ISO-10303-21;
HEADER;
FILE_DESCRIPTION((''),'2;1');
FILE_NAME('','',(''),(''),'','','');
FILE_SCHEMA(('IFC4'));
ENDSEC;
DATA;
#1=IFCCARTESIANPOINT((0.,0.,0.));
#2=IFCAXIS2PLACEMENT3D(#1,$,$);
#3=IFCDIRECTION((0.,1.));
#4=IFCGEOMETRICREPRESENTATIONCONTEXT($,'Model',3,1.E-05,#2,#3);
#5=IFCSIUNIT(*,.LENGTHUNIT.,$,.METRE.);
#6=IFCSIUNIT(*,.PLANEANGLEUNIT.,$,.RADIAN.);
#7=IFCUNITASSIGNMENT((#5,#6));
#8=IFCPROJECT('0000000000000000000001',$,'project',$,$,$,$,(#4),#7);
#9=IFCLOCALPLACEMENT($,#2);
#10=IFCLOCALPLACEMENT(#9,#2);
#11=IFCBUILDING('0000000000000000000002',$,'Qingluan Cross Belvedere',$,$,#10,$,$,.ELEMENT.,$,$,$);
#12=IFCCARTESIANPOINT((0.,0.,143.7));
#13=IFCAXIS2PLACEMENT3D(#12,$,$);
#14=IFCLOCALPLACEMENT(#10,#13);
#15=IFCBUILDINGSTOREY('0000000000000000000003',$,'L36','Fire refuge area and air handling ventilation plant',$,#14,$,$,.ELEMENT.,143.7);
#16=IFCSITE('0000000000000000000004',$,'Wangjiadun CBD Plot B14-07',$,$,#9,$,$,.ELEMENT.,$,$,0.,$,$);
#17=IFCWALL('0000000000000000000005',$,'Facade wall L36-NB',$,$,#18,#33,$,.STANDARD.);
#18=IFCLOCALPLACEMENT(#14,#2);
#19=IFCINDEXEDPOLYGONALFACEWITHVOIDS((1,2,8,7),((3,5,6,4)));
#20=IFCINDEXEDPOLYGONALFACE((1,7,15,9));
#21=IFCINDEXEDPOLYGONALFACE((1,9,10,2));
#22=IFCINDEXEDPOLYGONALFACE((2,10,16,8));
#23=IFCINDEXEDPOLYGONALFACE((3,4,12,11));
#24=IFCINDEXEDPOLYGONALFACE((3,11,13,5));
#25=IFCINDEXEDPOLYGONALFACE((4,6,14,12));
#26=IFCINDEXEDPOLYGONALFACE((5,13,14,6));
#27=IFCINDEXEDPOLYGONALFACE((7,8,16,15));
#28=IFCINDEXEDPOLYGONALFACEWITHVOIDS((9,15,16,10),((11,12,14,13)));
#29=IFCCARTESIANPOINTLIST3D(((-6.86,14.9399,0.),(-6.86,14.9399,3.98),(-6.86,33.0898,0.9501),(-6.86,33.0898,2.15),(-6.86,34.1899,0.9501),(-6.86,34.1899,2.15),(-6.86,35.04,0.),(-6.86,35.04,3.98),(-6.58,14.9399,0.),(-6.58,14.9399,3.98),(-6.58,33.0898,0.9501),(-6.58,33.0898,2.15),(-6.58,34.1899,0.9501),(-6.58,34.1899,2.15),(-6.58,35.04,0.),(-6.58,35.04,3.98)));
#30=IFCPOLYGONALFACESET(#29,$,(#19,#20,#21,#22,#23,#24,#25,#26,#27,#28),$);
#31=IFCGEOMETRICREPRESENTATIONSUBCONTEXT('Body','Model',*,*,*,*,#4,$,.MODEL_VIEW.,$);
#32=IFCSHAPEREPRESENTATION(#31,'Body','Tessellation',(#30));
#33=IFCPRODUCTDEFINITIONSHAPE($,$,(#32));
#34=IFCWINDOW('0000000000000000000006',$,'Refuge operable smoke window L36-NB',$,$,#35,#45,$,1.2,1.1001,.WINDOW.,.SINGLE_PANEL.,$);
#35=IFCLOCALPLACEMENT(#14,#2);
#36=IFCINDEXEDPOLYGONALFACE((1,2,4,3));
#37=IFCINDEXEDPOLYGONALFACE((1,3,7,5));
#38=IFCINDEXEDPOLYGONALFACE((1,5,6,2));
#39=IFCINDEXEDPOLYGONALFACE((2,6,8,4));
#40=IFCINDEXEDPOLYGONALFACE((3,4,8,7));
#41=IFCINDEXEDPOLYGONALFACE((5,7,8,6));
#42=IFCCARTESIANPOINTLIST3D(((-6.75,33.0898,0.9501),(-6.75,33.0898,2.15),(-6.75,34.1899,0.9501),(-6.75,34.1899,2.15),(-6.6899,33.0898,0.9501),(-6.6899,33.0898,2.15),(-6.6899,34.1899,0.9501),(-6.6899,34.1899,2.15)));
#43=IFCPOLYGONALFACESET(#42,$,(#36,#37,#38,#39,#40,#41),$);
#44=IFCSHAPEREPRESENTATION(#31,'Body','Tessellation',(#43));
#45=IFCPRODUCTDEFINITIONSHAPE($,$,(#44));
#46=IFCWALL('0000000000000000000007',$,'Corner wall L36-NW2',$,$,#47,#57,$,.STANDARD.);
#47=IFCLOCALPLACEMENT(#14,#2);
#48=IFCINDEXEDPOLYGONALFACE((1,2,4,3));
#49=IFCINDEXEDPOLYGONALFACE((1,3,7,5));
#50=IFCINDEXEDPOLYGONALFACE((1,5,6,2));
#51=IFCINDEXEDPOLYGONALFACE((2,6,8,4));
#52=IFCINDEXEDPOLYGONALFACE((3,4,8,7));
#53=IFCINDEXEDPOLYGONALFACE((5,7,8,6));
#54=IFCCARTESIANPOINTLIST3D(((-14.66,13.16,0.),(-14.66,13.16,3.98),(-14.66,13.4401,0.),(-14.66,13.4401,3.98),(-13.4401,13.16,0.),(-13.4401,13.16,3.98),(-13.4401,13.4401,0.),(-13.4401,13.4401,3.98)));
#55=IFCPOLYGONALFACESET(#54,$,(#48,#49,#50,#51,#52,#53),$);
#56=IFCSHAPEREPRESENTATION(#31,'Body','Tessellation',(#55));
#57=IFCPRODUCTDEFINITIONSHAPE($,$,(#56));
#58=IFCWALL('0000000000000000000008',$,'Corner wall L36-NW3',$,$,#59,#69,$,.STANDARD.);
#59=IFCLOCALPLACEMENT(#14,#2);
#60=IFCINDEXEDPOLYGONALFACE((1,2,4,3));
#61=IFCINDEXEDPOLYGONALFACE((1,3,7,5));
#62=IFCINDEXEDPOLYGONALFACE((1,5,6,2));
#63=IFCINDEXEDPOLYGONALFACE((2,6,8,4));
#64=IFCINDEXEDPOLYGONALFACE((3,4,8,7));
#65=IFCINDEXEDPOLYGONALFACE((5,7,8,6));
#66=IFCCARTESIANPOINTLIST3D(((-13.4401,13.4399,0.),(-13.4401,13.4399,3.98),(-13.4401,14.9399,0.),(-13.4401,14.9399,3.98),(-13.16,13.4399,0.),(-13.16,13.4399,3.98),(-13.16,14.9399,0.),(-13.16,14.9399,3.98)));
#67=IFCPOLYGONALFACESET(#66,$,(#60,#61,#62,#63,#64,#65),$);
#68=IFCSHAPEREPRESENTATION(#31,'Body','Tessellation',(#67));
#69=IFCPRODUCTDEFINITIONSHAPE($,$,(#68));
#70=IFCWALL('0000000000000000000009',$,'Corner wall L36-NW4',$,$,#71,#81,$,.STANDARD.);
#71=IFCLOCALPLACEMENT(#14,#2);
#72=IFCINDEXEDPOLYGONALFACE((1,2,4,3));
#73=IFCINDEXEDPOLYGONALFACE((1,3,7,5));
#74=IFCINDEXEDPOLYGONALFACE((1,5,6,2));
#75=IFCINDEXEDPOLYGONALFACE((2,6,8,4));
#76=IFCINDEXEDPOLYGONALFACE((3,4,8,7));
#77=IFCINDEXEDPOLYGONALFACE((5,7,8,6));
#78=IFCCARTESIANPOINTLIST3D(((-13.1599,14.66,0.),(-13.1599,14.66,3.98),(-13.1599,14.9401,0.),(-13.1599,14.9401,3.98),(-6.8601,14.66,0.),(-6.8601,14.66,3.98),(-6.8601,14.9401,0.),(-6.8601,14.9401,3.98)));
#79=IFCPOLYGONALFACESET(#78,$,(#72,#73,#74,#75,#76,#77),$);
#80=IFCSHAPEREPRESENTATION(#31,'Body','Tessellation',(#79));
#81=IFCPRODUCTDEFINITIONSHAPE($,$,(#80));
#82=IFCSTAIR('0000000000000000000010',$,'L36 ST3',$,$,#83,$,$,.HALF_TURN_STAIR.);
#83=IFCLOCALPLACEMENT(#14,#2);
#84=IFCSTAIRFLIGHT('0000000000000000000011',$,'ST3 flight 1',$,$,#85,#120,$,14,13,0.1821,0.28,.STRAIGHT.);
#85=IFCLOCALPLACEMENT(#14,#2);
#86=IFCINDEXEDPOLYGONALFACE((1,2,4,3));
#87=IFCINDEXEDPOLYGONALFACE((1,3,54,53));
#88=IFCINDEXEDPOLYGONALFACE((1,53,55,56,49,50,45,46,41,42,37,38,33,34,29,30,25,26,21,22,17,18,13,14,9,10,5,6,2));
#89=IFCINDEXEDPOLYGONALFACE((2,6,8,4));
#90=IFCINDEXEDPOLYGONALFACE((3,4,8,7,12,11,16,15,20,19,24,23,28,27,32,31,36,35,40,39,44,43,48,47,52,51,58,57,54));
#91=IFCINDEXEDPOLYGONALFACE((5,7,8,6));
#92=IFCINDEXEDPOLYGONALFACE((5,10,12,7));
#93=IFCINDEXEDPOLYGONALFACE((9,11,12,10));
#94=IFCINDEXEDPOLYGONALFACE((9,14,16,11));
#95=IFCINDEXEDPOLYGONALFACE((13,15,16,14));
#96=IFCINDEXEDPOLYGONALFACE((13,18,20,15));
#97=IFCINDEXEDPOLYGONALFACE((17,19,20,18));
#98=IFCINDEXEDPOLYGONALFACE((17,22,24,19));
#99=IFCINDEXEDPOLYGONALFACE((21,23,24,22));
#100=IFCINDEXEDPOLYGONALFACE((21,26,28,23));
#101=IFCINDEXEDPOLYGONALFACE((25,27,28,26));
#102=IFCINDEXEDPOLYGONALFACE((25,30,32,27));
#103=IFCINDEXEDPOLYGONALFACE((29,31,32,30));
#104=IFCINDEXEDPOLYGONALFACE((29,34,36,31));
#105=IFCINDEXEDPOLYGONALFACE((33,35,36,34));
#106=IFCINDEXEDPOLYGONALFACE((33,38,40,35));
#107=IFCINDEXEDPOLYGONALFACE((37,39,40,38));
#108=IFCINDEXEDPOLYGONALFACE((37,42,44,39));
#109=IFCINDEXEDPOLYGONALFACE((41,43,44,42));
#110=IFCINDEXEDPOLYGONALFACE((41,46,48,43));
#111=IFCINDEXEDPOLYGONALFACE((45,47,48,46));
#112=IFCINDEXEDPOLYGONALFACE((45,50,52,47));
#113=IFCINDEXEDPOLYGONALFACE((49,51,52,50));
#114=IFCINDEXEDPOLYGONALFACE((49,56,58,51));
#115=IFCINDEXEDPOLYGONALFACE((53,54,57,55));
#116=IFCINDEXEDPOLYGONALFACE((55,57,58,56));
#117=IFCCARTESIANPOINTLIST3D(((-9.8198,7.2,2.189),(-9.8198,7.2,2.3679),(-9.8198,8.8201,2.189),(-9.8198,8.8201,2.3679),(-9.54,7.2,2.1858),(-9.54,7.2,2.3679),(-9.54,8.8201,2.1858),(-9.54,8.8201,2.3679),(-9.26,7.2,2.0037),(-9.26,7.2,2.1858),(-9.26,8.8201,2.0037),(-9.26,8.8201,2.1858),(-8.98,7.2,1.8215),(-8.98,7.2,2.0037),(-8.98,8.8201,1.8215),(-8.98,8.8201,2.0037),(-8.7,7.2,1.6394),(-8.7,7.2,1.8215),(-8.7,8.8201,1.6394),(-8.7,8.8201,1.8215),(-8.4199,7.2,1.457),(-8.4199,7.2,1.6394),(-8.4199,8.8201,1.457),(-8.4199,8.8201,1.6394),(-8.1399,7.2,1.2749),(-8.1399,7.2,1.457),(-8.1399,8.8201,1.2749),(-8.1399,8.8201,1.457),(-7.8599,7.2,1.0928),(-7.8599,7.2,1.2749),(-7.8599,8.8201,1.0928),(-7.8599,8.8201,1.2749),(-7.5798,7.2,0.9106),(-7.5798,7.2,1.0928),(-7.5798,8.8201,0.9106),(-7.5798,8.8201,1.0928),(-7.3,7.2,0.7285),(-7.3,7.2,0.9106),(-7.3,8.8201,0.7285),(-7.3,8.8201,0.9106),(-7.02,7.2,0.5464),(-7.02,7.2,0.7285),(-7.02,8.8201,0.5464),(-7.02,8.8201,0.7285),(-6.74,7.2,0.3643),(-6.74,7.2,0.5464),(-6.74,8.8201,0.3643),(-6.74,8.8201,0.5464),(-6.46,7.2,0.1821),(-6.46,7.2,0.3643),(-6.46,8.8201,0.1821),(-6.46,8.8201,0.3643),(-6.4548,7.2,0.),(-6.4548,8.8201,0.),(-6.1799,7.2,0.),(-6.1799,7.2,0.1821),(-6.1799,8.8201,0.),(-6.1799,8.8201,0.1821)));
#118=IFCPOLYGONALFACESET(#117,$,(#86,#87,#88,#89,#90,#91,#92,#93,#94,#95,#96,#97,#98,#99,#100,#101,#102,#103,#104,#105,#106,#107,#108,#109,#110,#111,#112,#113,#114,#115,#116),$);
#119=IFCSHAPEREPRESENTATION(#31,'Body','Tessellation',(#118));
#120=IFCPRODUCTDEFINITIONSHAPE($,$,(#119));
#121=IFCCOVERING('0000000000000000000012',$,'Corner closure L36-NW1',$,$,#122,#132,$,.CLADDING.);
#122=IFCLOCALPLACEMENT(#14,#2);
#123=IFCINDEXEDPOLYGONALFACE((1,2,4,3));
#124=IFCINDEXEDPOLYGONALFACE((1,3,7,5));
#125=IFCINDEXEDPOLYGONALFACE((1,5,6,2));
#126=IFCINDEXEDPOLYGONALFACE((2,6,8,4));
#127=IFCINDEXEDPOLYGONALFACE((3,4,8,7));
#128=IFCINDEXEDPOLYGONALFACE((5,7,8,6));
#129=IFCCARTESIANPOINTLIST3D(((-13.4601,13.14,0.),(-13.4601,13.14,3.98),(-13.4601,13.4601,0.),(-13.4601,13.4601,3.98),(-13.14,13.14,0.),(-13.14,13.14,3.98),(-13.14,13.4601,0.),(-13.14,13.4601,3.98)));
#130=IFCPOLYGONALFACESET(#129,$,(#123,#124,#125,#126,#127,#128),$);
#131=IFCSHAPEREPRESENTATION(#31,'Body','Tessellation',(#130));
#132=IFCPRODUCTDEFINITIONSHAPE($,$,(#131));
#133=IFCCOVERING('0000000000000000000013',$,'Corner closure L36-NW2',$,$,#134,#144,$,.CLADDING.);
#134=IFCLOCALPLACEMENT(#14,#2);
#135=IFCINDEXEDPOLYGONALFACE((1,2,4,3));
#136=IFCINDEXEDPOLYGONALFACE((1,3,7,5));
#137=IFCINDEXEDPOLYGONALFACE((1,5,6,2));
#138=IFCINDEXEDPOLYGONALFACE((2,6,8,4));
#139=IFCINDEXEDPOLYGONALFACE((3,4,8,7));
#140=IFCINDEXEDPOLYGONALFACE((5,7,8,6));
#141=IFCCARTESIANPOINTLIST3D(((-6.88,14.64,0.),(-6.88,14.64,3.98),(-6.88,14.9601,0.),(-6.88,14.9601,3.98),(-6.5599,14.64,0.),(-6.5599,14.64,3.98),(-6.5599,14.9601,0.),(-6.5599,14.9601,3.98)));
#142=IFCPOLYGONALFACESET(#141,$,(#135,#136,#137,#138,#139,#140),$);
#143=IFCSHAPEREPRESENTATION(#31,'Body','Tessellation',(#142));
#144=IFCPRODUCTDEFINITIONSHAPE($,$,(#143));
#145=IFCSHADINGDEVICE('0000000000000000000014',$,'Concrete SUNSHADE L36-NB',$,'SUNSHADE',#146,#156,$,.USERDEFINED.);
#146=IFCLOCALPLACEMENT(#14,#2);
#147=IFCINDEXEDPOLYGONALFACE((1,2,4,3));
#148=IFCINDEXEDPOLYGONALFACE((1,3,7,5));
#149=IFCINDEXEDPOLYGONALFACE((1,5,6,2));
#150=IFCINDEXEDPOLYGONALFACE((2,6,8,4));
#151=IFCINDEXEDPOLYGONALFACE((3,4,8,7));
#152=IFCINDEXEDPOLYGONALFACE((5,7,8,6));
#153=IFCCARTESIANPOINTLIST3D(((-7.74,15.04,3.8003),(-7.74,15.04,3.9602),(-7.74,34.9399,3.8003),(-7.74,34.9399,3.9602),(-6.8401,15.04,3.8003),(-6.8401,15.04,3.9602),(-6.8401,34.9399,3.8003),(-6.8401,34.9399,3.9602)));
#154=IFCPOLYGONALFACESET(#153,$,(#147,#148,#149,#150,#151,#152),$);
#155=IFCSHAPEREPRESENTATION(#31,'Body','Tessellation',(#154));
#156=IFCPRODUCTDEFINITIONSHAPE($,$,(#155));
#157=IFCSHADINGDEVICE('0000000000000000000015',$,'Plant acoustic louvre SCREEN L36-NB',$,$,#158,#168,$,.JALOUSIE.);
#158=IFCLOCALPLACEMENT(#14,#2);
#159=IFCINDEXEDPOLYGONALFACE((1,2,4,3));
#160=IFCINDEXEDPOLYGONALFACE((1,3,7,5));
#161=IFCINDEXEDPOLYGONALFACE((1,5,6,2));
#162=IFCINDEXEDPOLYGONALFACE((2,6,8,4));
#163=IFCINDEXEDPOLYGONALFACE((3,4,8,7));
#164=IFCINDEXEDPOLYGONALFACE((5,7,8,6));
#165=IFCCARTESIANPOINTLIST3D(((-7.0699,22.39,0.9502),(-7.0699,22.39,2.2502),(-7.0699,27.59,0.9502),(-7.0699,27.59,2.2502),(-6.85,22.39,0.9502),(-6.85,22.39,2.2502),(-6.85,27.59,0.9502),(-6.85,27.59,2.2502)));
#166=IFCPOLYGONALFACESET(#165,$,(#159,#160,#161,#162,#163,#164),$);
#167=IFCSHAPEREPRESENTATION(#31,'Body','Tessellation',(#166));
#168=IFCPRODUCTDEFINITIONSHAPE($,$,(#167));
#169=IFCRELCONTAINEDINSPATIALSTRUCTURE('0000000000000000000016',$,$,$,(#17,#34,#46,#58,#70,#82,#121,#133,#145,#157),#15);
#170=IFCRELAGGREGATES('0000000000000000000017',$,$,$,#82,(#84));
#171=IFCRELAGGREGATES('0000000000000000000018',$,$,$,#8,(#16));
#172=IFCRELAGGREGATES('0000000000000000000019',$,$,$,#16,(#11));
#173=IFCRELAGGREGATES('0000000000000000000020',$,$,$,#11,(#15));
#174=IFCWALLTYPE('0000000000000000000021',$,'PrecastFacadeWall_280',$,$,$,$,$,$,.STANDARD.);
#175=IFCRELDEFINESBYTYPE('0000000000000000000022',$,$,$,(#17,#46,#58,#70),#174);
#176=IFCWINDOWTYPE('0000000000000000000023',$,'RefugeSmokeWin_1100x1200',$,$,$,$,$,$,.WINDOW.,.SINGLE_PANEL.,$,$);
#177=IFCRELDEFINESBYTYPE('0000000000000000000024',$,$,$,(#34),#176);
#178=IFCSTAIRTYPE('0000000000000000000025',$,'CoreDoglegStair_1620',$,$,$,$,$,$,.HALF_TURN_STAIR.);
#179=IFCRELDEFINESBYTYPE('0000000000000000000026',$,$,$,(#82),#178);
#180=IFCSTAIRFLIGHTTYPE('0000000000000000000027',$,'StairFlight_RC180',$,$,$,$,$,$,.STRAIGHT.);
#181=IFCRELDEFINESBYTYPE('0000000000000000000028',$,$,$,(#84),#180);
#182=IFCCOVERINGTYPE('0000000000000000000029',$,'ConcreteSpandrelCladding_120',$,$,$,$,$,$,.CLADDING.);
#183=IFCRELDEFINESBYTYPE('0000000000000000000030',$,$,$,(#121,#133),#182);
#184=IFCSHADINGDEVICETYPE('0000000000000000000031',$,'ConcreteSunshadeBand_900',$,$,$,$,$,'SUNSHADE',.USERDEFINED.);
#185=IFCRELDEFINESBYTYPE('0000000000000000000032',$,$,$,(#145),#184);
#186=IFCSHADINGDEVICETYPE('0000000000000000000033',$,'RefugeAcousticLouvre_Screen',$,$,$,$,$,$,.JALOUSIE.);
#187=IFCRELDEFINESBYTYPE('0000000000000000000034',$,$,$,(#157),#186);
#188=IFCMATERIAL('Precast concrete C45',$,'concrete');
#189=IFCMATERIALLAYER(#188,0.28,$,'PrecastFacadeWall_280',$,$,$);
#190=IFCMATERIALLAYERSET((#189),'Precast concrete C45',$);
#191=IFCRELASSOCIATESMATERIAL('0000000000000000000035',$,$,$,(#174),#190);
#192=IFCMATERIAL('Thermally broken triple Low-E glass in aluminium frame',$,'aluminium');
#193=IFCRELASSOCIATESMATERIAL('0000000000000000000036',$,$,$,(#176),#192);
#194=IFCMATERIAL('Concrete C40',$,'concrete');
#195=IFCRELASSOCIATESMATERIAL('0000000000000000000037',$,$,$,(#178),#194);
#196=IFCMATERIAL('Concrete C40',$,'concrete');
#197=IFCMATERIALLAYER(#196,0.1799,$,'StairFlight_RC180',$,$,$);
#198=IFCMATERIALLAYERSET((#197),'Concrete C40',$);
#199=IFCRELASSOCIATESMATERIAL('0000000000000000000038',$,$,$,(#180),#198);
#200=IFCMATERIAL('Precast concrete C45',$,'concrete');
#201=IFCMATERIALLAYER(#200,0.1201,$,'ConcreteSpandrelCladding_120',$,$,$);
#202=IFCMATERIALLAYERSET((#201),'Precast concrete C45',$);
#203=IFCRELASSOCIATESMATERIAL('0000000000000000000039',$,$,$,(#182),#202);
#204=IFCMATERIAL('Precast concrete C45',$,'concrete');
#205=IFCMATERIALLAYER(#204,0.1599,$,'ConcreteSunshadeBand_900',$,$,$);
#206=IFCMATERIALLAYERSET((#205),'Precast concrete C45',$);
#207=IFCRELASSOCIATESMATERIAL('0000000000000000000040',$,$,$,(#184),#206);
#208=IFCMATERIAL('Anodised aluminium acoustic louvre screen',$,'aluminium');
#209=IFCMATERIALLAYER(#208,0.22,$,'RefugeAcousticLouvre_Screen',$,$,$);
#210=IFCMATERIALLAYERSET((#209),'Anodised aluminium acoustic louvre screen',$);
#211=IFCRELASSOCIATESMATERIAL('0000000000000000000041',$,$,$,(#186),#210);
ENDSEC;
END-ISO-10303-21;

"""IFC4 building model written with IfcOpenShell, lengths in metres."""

from ifc_helpers import new_model, si_unit, direction, frame, frame_2d, origin, origin_2d, place, context, subcontext, project, spatial, polyline, rectangle, outline, extrude, material, layer, layer_set, type_object, element, fill, aggregate, save


model = new_model("IFC4")

# Units and contexts
model_context = context("Model", 3, precision=1e-05, world=origin(), true_north=direction((0.0, 1.0)))
body_context = subcontext(model_context, "Body", "Model", "MODEL_VIEW")
ifc_project = project(units=[si_unit("LENGTHUNIT", "METRE"), si_unit("PLANEANGLEUNIT", "RADIAN")], contexts=[model_context])

# Site, building, storey
site_placement = place(None, origin())
site = spatial("IfcSite", under=ifc_project, at=site_placement, Name="Wangjiadun CBD Plot B14-07", CompositionType="ELEMENT", RefElevation=0.0)
building_placement = place(site_placement, origin())
building = spatial("IfcBuilding", under=site, at=building_placement, Name="Qingluan Cross Belvedere", CompositionType="ELEMENT")
storey_placement = place(building_placement, frame((0.0, 0.0, 143.7)))
storey = spatial("IfcBuildingStorey", under=building, at=storey_placement, Name="L36", Description="Fire refuge area and air handling ventilation plant", CompositionType="ELEMENT", Elevation=143.7)

# Wall, opening, window
ifc_material_1 = material(Name="Precast concrete C45", Category="concrete")
ifc_layer_1 = layer(ifc_material_1, 0.28, Name="PrecastFacadeWall_280")
ifc_layer_set_1 = layer_set([ifc_layer_1], Name="Precast concrete C45")
wall_type_1 = type_object("IfcWallType", Name="PrecastFacadeWall_280", PredefinedType="STANDARD", material=ifc_layer_set_1)
wall_1_placement = place(storey_placement, frame((-6.72, 35.04, 0.0), z_axis=(0.0, 0.0, 1.0), x_axis=(0.0, -1.0, 0.0)))
wall_1 = element("IfcWall", 1, at=wall_1_placement, inside=storey, type_object=wall_type_1, Name="Facade wall L36-NB", PredefinedType="STANDARD", context=body_context, shape_type="SweptSolid", body=[
    extrude(rectangle(XDim=20.1001, YDim=0.28, at=frame_2d((10.05, 0.0))), origin(), (0.0, 0.0, 1.0), 3.98),
])
opening_1_placement = place(wall_1_placement, frame((0.8501, 0.0, 0.95)))
opening_1 = element("IfcOpeningElement", 2, at=opening_1_placement, cuts=wall_1, PredefinedType="OPENING", context=body_context, shape_type="SweptSolid", body=[
    extrude(rectangle(XDim=1.1001, YDim=1.2, at=frame_2d((0.55, 0.6001))), frame((0.0, 0.1499, 0.0), z_axis=(0.0, -1.0, 0.0), x_axis=(1.0, 0.0, 0.0)), (0.0, 0.0, 1.0), 0.3),
])
ifc_material_2 = material(Name="Thermally broken triple Low-E glass in aluminium frame", Category="aluminium")
window_type = type_object("IfcWindowType", Name="RefugeSmokeWin_1100x1200", PartitioningType="SINGLE_PANEL", PredefinedType="WINDOW", material=ifc_material_2)
window_placement = place(opening_1_placement, origin())
window = element("IfcWindow", 3, at=window_placement, inside=storey, type_object=window_type, Name="Refuge operable smoke window L36-NB", OverallHeight=1.2, OverallWidth=1.1001, PartitioningType="SINGLE_PANEL", PredefinedType="WINDOW", context=body_context, shape_type="SweptSolid", body=[
    extrude(rectangle(XDim=1.1001, YDim=1.2, at=frame_2d((0.55, 0.6001))), frame((0.0, 0.03, 0.0), z_axis=(0.0, -1.0, 0.0), x_axis=(1.0, 0.0, 0.0)), (0.0, 0.0, 1.0), 0.0601),
])
fill(opening_1, window)

# Walls
wall_2_placement = place(storey_placement, frame((-14.6599, 13.3, 0.0), z_axis=(0.0, 0.0, 1.0), x_axis=(1.0, 0.0, 0.0)))
element("IfcWall", 4, at=wall_2_placement, inside=storey, type_object=wall_type_1, Name="Corner wall L36-NW2", PredefinedType="STANDARD", context=body_context, shape_type="SweptSolid", body=[
    extrude(rectangle(XDim=1.22, YDim=0.28, at=frame_2d((0.6099, 0.0))), origin(), (0.0, 0.0, 1.0), 3.98),
])
wall_3_placement = place(storey_placement, frame((-13.3, 13.4399, 0.0), z_axis=(0.0, 0.0, 1.0), x_axis=(0.0, 1.0, 0.0)))
element("IfcWall", 5, at=wall_3_placement, inside=storey, type_object=wall_type_1, Name="Corner wall L36-NW3", PredefinedType="STANDARD", context=body_context, shape_type="SweptSolid", body=[
    extrude(rectangle(XDim=1.5, YDim=0.28, at=frame_2d((0.75, 0.0))), origin(), (0.0, 0.0, 1.0), 3.98),
])
wall_4_placement = place(storey_placement, frame((-13.1599, 14.8, 0.0), z_axis=(0.0, 0.0, 1.0), x_axis=(1.0, 0.0, 0.0)))
element("IfcWall", 6, at=wall_4_placement, inside=storey, type_object=wall_type_1, Name="Corner wall L36-NW4", PredefinedType="STANDARD", context=body_context, shape_type="SweptSolid", body=[
    extrude(rectangle(XDim=6.2998, YDim=0.28, at=frame_2d((3.1499, 0.0))), origin(), (0.0, 0.0, 1.0), 3.98),
])

# Stair, stair flight
ifc_material_3 = material(Name="Concrete C40", Category="concrete")
stair_type = type_object("IfcStairType", Name="CoreDoglegStair_1620", PredefinedType="HALF_TURN_STAIR", material=ifc_material_3)
stair_placement = place(storey_placement, origin())
stair = element("IfcStair", 7, at=stair_placement, inside=storey, type_object=stair_type, Name="L36 ST3", PredefinedType="HALF_TURN_STAIR")
ifc_material_4 = material(Name="Concrete C40", Category="concrete")
ifc_layer_2 = layer(ifc_material_4, 0.1799, Name="StairFlight_RC180")
ifc_layer_set_2 = layer_set([ifc_layer_2], Name="Concrete C40")
stair_flight_type = type_object("IfcStairFlightType", Name="StairFlight_RC180", PredefinedType="STRAIGHT", material=ifc_layer_set_2)
stair_flight_placement = place(storey_placement, frame((-6.1799, 8.01, 0.0), z_axis=(0.0, 0.0, 1.0), x_axis=(-1.0, 0.0, 0.0)))
stair_flight = element("IfcStairFlight", 8, at=stair_flight_placement, type_object=stair_flight_type, Name="ST3 flight 1", NumberOfRisers=14, NumberOfTreads=13, PredefinedType="STRAIGHT", RiserHeight=0.1821, TreadLength=0.28, context=body_context, shape_type="SweptSolid", body=[
    extrude(outline(polyline([(0.0, 0.0), (0.0, 0.1821), (0.28, 0.1821), (0.28, 0.3643), (0.5601, 0.3643), (0.5601, 0.5464), (0.8401, 0.5464), (0.8401, 0.7285), (1.1201, 0.7285), (1.1201, 0.9106), (1.3999, 0.9106), (1.3999, 1.0928), (1.6799, 1.0928), (1.6799, 1.2749), (1.96, 1.2749), (1.96, 1.457), (2.24, 1.457), (2.24, 1.6394), (2.52, 1.6394), (2.52, 1.8215), (2.8, 1.8215), (2.8, 2.0037), (3.0801, 2.0037), (3.0801, 2.1858), (3.3601, 2.1858), (3.3601, 2.3679), (3.6399, 2.3679), (3.6399, 2.55), (3.6399, 2.189), (0.2749, 0.0), (0.0, 0.0)])), frame((0.0, 0.8101, 0.0), z_axis=(0.0, -1.0, 0.0), x_axis=(1.0, 0.0, 0.0)), (0.0, 0.0, 1.0), 1.6201),
])
aggregate(stair, [stair_flight])

# Coverings
ifc_material_5 = material(Name="Precast concrete C45", Category="concrete")
ifc_layer_3 = layer(ifc_material_5, 0.1201, Name="ConcreteSpandrelCladding_120")
ifc_layer_set_3 = layer_set([ifc_layer_3], Name="Precast concrete C45")
covering_type = type_object("IfcCoveringType", Name="ConcreteSpandrelCladding_120", PredefinedType="CLADDING", material=ifc_layer_set_3)
for number, where, z_axis, x_axis, name in (
    (9, (-13.3, 13.3, 0.0), (0.0, 0.0, 1.0), (1.0, 0.0, 0.0), "Corner closure L36-NW1"),
    (10, (-6.72, 14.8, 0.0), (0.0, 0.0, 1.0), (1.0, 0.0, 0.0), "Corner closure L36-NW2"),
):
    element("IfcCovering", number, at=place(storey_placement, frame(where, z_axis=z_axis, x_axis=x_axis)), inside=storey, type_object=covering_type, Name=name, PredefinedType="CLADDING", context=body_context, shape_type="SweptSolid", body=[
        extrude(rectangle(XDim=0.3201, YDim=0.3201, at=origin_2d()), origin(), (0.0, 0.0, 1.0), 3.98),
    ])

# Shading devices
ifc_material_6 = material(Name="Precast concrete C45", Category="concrete")
ifc_layer_4 = layer(ifc_material_6, 0.1599, Name="ConcreteSunshadeBand_900")
ifc_layer_set_4 = layer_set([ifc_layer_4], Name="Precast concrete C45")
shading_device_type_1 = type_object("IfcShadingDeviceType", Name="ConcreteSunshadeBand_900", ElementType="SUNSHADE", PredefinedType="USERDEFINED", material=ifc_layer_set_4)
shading_device_1_placement = place(storey_placement, frame((-7.29, 24.99, 3.8003), z_axis=(0.0, 0.0, 1.0), x_axis=(0.0, -1.0, 0.0)))
element("IfcShadingDevice", 11, at=shading_device_1_placement, inside=storey, type_object=shading_device_type_1, Name="Concrete SUNSHADE L36-NB", ObjectType="SUNSHADE", PredefinedType="USERDEFINED", context=body_context, shape_type="SweptSolid", body=[
    extrude(rectangle(XDim=19.8999, YDim=0.8999, at=origin_2d()), origin(), (0.0, 0.0, 1.0), 0.1599),
])
ifc_material_7 = material(Name="Anodised aluminium acoustic louvre screen", Category="aluminium")
ifc_layer_5 = layer(ifc_material_7, 0.22, Name="RefugeAcousticLouvre_Screen")
ifc_layer_set_5 = layer_set([ifc_layer_5], Name="Anodised aluminium acoustic louvre screen")
shading_device_type_2 = type_object("IfcShadingDeviceType", Name="RefugeAcousticLouvre_Screen", PredefinedType="JALOUSIE", material=ifc_layer_set_5)
shading_device_2_placement = place(storey_placement, frame((-6.96, 24.99, 0.9502), z_axis=(0.0, 0.0, 1.0), x_axis=(0.0, -1.0, 0.0)))
element("IfcShadingDevice", 12, at=shading_device_2_placement, inside=storey, type_object=shading_device_type_2, Name="Plant acoustic louvre SCREEN L36-NB", PredefinedType="JALOUSIE", context=body_context, shape_type="SweptSolid", body=[
    extrude(rectangle(XDim=5.2, YDim=0.22, at=origin_2d()), origin(), (0.0, 0.0, 1.0), 1.3),
])

save(model, "model.ifc")
